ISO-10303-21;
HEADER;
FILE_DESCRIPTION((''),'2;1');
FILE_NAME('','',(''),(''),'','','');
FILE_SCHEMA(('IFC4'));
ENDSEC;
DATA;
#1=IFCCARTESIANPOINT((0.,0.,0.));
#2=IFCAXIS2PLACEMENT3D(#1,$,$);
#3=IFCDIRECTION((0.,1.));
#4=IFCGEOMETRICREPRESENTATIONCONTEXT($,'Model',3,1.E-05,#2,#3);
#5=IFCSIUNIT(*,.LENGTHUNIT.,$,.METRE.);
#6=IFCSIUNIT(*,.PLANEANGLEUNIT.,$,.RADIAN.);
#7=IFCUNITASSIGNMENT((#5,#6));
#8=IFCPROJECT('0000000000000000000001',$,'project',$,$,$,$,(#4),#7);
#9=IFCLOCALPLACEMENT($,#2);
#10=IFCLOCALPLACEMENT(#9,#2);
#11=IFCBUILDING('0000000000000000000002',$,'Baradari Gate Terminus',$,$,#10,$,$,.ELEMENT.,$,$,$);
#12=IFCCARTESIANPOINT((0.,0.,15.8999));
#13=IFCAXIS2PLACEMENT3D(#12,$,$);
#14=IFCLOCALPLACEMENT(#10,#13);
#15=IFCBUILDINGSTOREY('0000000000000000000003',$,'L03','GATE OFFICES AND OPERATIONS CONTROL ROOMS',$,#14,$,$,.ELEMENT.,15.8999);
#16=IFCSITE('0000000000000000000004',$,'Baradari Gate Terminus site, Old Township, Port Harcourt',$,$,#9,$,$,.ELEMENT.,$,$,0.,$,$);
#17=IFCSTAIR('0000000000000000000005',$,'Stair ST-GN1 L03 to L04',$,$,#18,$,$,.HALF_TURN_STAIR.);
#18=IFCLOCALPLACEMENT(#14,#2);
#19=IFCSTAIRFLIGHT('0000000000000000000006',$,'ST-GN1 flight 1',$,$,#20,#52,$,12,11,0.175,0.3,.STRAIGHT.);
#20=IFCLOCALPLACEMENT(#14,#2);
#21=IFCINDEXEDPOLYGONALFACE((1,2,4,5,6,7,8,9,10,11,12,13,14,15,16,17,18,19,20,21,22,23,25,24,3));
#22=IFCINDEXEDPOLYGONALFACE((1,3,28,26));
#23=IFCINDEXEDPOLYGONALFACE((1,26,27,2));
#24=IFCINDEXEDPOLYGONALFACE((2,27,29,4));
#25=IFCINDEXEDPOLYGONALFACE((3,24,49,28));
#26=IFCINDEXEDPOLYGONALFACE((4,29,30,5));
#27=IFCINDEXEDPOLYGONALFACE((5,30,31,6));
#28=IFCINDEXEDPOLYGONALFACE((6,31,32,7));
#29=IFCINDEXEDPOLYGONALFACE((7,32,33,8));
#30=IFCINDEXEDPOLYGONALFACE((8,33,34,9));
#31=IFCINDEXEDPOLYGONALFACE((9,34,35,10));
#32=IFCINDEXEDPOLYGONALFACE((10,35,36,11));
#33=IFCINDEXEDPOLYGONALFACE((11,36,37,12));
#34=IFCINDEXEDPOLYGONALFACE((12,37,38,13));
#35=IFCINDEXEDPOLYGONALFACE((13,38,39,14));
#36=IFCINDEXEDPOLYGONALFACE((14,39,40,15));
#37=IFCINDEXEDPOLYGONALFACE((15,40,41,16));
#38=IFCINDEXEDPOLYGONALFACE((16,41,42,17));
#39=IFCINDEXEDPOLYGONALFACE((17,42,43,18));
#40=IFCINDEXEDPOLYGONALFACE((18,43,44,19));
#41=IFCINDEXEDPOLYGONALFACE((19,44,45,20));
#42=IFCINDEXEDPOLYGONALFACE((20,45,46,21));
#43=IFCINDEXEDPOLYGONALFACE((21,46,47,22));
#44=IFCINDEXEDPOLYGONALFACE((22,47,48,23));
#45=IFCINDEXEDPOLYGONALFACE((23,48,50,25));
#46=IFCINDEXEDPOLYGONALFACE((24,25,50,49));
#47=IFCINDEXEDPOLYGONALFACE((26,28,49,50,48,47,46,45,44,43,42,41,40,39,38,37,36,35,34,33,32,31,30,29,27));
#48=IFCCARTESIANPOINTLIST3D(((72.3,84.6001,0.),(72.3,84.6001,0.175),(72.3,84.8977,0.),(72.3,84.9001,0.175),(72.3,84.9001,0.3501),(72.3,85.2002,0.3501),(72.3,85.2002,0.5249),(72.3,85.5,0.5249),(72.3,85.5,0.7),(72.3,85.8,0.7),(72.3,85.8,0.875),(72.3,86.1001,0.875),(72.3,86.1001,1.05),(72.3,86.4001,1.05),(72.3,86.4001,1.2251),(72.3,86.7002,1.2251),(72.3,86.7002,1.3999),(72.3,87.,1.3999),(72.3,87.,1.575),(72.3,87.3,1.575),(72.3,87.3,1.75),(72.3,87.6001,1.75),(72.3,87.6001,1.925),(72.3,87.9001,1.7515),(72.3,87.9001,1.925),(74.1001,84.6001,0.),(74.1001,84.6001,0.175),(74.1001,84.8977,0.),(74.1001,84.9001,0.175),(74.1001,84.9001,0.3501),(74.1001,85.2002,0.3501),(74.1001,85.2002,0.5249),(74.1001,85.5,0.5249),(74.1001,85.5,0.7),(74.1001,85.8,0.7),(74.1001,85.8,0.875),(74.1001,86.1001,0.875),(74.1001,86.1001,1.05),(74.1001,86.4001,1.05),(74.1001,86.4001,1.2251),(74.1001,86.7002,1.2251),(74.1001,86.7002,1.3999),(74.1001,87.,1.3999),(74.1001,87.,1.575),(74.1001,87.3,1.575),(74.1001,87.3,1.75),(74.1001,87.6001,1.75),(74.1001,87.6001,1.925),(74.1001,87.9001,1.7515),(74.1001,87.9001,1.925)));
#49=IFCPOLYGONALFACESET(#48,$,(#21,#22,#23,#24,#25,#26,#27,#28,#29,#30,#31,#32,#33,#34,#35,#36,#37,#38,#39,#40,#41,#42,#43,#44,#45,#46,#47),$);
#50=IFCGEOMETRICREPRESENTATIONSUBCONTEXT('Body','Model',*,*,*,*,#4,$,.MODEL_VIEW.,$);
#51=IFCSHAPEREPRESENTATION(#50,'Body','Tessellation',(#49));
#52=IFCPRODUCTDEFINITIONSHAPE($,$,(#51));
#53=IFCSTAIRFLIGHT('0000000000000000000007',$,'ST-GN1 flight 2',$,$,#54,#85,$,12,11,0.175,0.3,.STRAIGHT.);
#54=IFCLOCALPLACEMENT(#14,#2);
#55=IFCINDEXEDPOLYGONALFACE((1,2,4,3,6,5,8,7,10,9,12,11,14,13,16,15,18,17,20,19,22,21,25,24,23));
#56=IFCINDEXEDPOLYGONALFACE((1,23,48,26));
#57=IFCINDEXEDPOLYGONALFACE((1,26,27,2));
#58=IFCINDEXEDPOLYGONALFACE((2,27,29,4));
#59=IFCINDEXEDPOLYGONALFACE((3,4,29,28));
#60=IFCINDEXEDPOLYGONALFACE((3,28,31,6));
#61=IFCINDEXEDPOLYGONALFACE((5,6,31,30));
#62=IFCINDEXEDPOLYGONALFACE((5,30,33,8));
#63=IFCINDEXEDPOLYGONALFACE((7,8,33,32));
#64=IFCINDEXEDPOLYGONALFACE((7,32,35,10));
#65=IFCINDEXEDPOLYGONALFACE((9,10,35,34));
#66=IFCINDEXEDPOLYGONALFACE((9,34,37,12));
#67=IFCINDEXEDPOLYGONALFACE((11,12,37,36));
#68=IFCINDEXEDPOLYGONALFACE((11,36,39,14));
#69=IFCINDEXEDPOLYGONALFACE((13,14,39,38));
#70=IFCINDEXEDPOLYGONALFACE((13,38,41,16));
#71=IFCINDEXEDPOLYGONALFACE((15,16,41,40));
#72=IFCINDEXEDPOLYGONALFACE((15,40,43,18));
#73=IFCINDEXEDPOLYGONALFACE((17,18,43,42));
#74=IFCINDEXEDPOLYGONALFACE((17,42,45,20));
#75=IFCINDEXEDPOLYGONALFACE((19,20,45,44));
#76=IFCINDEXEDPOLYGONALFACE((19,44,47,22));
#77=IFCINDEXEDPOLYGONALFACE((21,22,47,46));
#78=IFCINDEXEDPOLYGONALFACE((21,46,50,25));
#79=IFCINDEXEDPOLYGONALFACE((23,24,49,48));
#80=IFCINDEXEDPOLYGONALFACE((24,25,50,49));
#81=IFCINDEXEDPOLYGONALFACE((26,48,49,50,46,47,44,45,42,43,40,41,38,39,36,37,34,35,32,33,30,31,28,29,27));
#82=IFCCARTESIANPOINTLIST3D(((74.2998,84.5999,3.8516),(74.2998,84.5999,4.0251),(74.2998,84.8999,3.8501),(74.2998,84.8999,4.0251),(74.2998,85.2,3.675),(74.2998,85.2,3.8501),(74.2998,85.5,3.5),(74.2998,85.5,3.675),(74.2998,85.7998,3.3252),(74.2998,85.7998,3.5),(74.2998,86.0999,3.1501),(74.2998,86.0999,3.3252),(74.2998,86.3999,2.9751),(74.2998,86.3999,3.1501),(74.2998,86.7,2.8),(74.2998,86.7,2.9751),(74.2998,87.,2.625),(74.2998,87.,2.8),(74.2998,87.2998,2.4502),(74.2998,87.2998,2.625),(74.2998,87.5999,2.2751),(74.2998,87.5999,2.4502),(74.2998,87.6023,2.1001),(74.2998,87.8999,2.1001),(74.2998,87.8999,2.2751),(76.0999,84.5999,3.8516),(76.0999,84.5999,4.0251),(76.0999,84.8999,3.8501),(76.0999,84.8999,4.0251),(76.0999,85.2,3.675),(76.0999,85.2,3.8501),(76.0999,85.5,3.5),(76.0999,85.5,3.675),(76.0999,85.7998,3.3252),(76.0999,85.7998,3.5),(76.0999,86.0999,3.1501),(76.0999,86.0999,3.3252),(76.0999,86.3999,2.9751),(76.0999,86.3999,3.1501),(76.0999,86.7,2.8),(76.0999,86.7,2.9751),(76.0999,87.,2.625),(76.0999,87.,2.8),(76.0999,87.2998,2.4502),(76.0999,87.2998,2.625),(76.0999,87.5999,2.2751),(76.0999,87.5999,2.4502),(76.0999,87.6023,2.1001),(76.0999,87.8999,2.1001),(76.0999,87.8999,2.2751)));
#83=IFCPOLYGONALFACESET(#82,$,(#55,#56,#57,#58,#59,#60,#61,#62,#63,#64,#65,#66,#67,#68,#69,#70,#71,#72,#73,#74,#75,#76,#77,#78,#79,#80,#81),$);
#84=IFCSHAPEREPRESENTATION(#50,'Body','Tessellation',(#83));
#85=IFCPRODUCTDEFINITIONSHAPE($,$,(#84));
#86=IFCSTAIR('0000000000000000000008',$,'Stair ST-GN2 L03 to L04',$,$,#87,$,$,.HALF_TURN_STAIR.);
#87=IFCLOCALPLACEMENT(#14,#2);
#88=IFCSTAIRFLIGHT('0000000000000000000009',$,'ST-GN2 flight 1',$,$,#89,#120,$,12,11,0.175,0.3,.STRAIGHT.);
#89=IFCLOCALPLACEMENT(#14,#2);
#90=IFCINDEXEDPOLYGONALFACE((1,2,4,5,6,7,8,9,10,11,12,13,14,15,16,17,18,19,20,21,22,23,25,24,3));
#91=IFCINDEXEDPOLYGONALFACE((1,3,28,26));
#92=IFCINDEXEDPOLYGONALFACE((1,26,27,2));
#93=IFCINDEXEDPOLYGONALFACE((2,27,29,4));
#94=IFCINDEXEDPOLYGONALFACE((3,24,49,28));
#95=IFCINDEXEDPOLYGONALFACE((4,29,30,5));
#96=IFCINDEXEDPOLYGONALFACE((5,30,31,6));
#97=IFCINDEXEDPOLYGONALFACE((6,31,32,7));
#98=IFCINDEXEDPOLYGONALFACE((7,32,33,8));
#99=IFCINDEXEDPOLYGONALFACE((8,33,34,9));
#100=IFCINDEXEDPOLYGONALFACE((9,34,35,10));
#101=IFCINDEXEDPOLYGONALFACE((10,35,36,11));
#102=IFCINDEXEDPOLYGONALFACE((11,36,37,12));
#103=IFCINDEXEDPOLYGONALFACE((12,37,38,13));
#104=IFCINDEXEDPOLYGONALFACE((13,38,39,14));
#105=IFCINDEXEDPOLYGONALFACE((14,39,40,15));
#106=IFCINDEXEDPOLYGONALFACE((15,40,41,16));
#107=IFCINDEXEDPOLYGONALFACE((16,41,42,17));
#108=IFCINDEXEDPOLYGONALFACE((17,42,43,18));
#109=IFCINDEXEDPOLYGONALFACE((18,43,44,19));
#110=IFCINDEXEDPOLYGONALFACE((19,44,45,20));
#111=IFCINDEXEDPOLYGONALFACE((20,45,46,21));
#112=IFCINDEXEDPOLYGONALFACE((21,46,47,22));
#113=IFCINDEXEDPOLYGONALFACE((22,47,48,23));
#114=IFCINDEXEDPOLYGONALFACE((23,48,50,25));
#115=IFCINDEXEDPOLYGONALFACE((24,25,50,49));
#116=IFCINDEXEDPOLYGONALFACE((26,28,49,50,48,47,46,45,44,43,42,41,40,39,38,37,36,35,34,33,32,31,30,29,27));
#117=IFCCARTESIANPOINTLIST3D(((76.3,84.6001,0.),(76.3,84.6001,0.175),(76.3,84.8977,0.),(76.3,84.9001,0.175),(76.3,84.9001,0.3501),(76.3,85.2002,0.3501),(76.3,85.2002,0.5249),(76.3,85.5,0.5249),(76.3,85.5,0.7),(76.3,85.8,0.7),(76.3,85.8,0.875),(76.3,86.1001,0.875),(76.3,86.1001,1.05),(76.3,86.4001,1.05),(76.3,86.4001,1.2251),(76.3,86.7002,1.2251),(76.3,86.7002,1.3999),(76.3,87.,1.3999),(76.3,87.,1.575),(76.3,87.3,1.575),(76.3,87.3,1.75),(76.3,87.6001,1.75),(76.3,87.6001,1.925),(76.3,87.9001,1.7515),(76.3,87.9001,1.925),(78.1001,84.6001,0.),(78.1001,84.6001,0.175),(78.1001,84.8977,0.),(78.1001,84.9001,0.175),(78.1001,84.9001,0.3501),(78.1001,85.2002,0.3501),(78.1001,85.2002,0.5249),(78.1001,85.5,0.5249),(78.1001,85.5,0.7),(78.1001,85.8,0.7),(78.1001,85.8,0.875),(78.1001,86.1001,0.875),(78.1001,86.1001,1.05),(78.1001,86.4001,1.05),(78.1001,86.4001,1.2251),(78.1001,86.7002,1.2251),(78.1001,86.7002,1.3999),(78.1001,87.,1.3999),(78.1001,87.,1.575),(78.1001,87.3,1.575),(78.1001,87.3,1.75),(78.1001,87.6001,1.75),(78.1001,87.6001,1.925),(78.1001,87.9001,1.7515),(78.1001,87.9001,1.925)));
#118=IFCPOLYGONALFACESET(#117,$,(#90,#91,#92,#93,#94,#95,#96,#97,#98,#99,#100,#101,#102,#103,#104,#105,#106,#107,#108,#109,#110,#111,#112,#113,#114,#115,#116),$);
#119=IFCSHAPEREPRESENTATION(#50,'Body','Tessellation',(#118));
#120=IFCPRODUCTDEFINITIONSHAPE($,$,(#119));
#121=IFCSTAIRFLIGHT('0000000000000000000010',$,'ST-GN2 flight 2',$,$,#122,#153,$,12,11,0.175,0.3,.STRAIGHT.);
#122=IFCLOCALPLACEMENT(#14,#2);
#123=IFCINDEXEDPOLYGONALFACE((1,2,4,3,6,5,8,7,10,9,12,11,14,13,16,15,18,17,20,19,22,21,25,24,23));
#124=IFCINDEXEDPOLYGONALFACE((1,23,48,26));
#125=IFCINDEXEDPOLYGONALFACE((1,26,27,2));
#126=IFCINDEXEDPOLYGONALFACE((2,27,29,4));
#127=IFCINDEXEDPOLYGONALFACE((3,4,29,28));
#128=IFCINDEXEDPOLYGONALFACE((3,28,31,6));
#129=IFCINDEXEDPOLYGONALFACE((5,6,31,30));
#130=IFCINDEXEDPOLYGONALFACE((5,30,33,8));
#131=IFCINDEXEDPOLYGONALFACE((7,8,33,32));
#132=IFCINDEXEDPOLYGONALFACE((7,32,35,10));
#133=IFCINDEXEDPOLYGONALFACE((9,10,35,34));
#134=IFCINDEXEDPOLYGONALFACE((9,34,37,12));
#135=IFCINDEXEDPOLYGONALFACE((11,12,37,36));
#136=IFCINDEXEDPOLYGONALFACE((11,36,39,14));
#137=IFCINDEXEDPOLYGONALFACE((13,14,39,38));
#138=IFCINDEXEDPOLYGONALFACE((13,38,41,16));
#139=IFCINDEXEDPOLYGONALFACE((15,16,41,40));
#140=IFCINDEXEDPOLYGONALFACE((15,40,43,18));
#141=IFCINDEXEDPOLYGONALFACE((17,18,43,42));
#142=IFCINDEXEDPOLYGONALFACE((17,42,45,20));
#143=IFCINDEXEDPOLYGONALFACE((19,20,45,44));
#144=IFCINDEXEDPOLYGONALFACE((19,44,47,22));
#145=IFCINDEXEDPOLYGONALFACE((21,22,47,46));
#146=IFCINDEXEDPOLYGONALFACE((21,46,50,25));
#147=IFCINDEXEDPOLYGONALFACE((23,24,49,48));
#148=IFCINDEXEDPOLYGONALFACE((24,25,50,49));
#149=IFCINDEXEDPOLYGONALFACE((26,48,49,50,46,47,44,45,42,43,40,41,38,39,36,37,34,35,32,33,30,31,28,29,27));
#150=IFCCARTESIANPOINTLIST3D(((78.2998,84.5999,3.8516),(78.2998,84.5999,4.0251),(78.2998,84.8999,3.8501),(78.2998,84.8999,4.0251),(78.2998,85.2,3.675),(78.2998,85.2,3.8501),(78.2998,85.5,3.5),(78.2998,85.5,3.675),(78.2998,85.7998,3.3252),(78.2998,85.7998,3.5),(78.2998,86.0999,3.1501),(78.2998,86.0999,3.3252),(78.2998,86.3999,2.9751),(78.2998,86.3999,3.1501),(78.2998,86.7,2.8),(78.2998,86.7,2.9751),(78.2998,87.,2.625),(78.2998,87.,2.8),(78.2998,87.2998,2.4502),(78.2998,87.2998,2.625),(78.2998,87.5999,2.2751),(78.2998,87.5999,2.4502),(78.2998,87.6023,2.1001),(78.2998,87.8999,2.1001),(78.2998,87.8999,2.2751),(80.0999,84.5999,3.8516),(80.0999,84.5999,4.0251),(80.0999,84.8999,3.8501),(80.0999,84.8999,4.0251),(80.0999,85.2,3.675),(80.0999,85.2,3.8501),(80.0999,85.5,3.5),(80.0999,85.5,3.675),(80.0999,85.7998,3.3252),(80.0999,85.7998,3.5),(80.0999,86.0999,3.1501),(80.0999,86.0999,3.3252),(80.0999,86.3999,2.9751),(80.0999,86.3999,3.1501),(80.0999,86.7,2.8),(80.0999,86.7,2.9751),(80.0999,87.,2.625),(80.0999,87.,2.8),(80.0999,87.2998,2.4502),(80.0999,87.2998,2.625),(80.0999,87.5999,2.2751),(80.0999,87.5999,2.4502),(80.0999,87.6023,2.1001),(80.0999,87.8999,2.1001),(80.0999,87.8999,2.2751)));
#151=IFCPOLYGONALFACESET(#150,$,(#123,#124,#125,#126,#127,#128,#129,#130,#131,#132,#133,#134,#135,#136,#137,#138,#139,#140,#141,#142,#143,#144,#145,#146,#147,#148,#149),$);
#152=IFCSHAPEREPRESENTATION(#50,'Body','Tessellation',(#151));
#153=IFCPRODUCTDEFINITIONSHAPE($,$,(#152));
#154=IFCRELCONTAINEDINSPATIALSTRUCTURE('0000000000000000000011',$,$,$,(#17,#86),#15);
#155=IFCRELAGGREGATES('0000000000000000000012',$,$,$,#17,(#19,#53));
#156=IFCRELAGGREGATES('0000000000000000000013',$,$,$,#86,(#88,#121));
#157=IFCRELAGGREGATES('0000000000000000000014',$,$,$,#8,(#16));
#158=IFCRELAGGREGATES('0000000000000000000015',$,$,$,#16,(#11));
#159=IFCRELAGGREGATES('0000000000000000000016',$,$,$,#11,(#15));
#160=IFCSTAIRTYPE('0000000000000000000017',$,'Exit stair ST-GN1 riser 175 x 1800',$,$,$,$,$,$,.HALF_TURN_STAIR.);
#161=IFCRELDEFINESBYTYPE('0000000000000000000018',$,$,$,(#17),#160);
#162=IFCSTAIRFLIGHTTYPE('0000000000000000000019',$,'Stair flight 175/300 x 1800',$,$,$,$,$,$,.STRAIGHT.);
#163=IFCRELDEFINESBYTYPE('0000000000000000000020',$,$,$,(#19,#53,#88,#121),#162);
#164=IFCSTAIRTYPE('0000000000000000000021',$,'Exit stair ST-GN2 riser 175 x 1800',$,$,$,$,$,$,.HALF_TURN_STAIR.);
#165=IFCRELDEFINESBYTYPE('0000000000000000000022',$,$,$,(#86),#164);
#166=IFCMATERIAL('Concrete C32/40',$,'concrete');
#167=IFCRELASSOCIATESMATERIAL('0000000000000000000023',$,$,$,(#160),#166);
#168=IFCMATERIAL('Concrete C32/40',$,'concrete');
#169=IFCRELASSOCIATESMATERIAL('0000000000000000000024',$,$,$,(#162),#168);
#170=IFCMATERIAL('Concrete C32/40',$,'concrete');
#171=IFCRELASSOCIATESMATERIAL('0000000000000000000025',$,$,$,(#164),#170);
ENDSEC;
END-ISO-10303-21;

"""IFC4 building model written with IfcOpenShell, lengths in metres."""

from ifc_helpers import new_model, si_unit, direction, frame, origin, place, context, subcontext, project, spatial, polyline, outline, extrude, material, type_object, element, aggregate, save


model = new_model("IFC4")

# Units and contexts
model_context = context("Model", 3, precision=1e-05, world=origin(), true_north=direction((0.0, 1.0)))
body_context = subcontext(model_context, "Body", "Model", "MODEL_VIEW")
ifc_project = project(units=[si_unit("LENGTHUNIT", "METRE"), si_unit("PLANEANGLEUNIT", "RADIAN")], contexts=[model_context])

# Site, building, storey
site_placement = place(None, origin())
site = spatial("IfcSite", under=ifc_project, at=site_placement, Name="Baradari Gate Terminus site, Old Township, Port Harcourt", CompositionType="ELEMENT", RefElevation=0.0)
building_placement = place(site_placement, origin())
building = spatial("IfcBuilding", under=site, at=building_placement, Name="Baradari Gate Terminus", CompositionType="ELEMENT")
storey_placement = place(building_placement, frame((0.0, 0.0, 15.8999)))
storey = spatial("IfcBuildingStorey", under=building, at=storey_placement, Name="L03", Description="GATE OFFICES AND OPERATIONS CONTROL ROOMS", CompositionType="ELEMENT", Elevation=15.8999)

# Stairs, stair flights
ifc_material_1 = material(Name="Concrete C32/40", Category="concrete")
stair_type_1 = type_object("IfcStairType", Name="Exit stair ST-GN1 riser 175 x 1800", PredefinedType="HALF_TURN_STAIR", material=ifc_material_1)
stair_1_placement = place(storey_placement, origin())
stair_1 = element("IfcStair", 1, at=stair_1_placement, inside=storey, type_object=stair_type_1, Name="Stair ST-GN1 L03 to L04", PredefinedType="HALF_TURN_STAIR")
ifc_material_2 = material(Name="Concrete C32/40", Category="concrete")
stair_flight_type = type_object("IfcStairFlightType", Name="Stair flight 175/300 x 1800", PredefinedType="STRAIGHT", material=ifc_material_2)
stair_flight_1_placement = place(storey_placement, frame((73.2, 84.6001, 0.0), z_axis=(0.0, 0.0, 1.0), x_axis=(0.0, 1.0, 0.0)))
stair_flight_1 = element("IfcStairFlight", 2, at=stair_flight_1_placement, type_object=stair_flight_type, Name="ST-GN1 flight 1", NumberOfRisers=12, NumberOfTreads=11, PredefinedType="STRAIGHT", RiserHeight=0.175, TreadLength=0.3, context=body_context, shape_type="SweptSolid", body=[
    extrude(outline(polyline([(0.0, 0.0), (0.0, 0.175), (0.3, 0.175), (0.3, 0.3501), (0.6001, 0.3501), (0.6001, 0.5249), (0.8999, 0.5249), (0.8999, 0.7), (1.2, 0.7), (1.2, 0.875), (1.5, 0.875), (1.5, 1.05), (1.8, 1.05), (1.8, 1.2251), (2.1001, 1.2251), (2.1001, 1.3999), (2.3999, 1.3999), (2.3999, 1.575), (2.7, 1.575), (2.7, 1.75), (3.0, 1.75), (3.0, 1.925), (3.3, 1.925), (3.3, 2.1001), (3.3, 1.7515), (0.2976, 0.0), (0.0, 0.0)])), frame((0.0, 0.8999, 0.0), z_axis=(0.0, -1.0, 0.0), x_axis=(1.0, 0.0, 0.0)), (0.0, 0.0, 1.0), 1.8),
])
stair_flight_2_placement = place(storey_placement, frame((75.2, 87.8999, 2.1001), z_axis=(0.0, 0.0, 1.0), x_axis=(0.0, -1.0, 0.0)))
stair_flight_2 = element("IfcStairFlight", 3, at=stair_flight_2_placement, type_object=stair_flight_type, Name="ST-GN1 flight 2", NumberOfRisers=12, NumberOfTreads=11, PredefinedType="STRAIGHT", RiserHeight=0.175, TreadLength=0.3, context=body_context, shape_type="SweptSolid", body=[
    extrude(outline(polyline([(0.0, 0.0), (0.0, 0.175), (0.3, 0.175), (0.3, 0.3501), (0.6001, 0.3501), (0.6001, 0.5249), (0.8999, 0.5249), (0.8999, 0.7), (1.2, 0.7), (1.2, 0.875), (1.5, 0.875), (1.5, 1.05), (1.8, 1.05), (1.8, 1.2251), (2.1001, 1.2251), (2.1001, 1.3999), (2.3999, 1.3999), (2.3999, 1.575), (2.7, 1.575), (2.7, 1.75), (3.0, 1.75), (3.0, 1.925), (3.3, 1.925), (3.3, 2.1001), (3.3, 1.7515), (0.2976, 0.0), (0.0, 0.0)])), frame((0.0, 0.8999, 0.0), z_axis=(0.0, -1.0, 0.0), x_axis=(1.0, 0.0, 0.0)), (0.0, 0.0, 1.0), 1.8),
])
aggregate(stair_1, [stair_flight_1, stair_flight_2])
ifc_material_3 = material(Name="Concrete C32/40", Category="concrete")
stair_type_2 = type_object("IfcStairType", Name="Exit stair ST-GN2 riser 175 x 1800", PredefinedType="HALF_TURN_STAIR", material=ifc_material_3)
stair_2_placement = place(storey_placement, origin())
stair_2 = element("IfcStair", 4, at=stair_2_placement, inside=storey, type_object=stair_type_2, Name="Stair ST-GN2 L03 to L04", PredefinedType="HALF_TURN_STAIR")
stair_flight_3_placement = place(storey_placement, frame((77.2, 84.6001, 0.0), z_axis=(0.0, 0.0, 1.0), x_axis=(0.0, 1.0, 0.0)))
stair_flight_3 = element("IfcStairFlight", 5, at=stair_flight_3_placement, type_object=stair_flight_type, Name="ST-GN2 flight 1", NumberOfRisers=12, NumberOfTreads=11, PredefinedType="STRAIGHT", RiserHeight=0.175, TreadLength=0.3, context=body_context, shape_type="SweptSolid", body=[
    extrude(outline(polyline([(0.0, 0.0), (0.0, 0.175), (0.3, 0.175), (0.3, 0.3501), (0.6001, 0.3501), (0.6001, 0.5249), (0.8999, 0.5249), (0.8999, 0.7), (1.2, 0.7), (1.2, 0.875), (1.5, 0.875), (1.5, 1.05), (1.8, 1.05), (1.8, 1.2251), (2.1001, 1.2251), (2.1001, 1.3999), (2.3999, 1.3999), (2.3999, 1.575), (2.7, 1.575), (2.7, 1.75), (3.0, 1.75), (3.0, 1.925), (3.3, 1.925), (3.3, 2.1001), (3.3, 1.7515), (0.2976, 0.0), (0.0, 0.0)])), frame((0.0, 0.8999, 0.0), z_axis=(0.0, -1.0, 0.0), x_axis=(1.0, 0.0, 0.0)), (0.0, 0.0, 1.0), 1.8),
])
stair_flight_4_placement = place(storey_placement, frame((79.2, 87.8999, 2.1001), z_axis=(0.0, 0.0, 1.0), x_axis=(0.0, -1.0, 0.0)))
stair_flight_4 = element("IfcStairFlight", 6, at=stair_flight_4_placement, type_object=stair_flight_type, Name="ST-GN2 flight 2", NumberOfRisers=12, NumberOfTreads=11, PredefinedType="STRAIGHT", RiserHeight=0.175, TreadLength=0.3, context=body_context, shape_type="SweptSolid", body=[
    extrude(outline(polyline([(0.0, 0.0), (0.0, 0.175), (0.3, 0.175), (0.3, 0.3501), (0.6001, 0.3501), (0.6001, 0.5249), (0.8999, 0.5249), (0.8999, 0.7), (1.2, 0.7), (1.2, 0.875), (1.5, 0.875), (1.5, 1.05), (1.8, 1.05), (1.8, 1.2251), (2.1001, 1.2251), (2.1001, 1.3999), (2.3999, 1.3999), (2.3999, 1.575), (2.7, 1.575), (2.7, 1.75), (3.0, 1.75), (3.0, 1.925), (3.3, 1.925), (3.3, 2.1001), (3.3, 1.7515), (0.2976, 0.0), (0.0, 0.0)])), frame((0.0, 0.8999, 0.0), z_axis=(0.0, -1.0, 0.0), x_axis=(1.0, 0.0, 0.0)), (0.0, 0.0, 1.0), 1.8),
])
aggregate(stair_2, [stair_flight_3, stair_flight_4])

save(model, "model.ifc")
